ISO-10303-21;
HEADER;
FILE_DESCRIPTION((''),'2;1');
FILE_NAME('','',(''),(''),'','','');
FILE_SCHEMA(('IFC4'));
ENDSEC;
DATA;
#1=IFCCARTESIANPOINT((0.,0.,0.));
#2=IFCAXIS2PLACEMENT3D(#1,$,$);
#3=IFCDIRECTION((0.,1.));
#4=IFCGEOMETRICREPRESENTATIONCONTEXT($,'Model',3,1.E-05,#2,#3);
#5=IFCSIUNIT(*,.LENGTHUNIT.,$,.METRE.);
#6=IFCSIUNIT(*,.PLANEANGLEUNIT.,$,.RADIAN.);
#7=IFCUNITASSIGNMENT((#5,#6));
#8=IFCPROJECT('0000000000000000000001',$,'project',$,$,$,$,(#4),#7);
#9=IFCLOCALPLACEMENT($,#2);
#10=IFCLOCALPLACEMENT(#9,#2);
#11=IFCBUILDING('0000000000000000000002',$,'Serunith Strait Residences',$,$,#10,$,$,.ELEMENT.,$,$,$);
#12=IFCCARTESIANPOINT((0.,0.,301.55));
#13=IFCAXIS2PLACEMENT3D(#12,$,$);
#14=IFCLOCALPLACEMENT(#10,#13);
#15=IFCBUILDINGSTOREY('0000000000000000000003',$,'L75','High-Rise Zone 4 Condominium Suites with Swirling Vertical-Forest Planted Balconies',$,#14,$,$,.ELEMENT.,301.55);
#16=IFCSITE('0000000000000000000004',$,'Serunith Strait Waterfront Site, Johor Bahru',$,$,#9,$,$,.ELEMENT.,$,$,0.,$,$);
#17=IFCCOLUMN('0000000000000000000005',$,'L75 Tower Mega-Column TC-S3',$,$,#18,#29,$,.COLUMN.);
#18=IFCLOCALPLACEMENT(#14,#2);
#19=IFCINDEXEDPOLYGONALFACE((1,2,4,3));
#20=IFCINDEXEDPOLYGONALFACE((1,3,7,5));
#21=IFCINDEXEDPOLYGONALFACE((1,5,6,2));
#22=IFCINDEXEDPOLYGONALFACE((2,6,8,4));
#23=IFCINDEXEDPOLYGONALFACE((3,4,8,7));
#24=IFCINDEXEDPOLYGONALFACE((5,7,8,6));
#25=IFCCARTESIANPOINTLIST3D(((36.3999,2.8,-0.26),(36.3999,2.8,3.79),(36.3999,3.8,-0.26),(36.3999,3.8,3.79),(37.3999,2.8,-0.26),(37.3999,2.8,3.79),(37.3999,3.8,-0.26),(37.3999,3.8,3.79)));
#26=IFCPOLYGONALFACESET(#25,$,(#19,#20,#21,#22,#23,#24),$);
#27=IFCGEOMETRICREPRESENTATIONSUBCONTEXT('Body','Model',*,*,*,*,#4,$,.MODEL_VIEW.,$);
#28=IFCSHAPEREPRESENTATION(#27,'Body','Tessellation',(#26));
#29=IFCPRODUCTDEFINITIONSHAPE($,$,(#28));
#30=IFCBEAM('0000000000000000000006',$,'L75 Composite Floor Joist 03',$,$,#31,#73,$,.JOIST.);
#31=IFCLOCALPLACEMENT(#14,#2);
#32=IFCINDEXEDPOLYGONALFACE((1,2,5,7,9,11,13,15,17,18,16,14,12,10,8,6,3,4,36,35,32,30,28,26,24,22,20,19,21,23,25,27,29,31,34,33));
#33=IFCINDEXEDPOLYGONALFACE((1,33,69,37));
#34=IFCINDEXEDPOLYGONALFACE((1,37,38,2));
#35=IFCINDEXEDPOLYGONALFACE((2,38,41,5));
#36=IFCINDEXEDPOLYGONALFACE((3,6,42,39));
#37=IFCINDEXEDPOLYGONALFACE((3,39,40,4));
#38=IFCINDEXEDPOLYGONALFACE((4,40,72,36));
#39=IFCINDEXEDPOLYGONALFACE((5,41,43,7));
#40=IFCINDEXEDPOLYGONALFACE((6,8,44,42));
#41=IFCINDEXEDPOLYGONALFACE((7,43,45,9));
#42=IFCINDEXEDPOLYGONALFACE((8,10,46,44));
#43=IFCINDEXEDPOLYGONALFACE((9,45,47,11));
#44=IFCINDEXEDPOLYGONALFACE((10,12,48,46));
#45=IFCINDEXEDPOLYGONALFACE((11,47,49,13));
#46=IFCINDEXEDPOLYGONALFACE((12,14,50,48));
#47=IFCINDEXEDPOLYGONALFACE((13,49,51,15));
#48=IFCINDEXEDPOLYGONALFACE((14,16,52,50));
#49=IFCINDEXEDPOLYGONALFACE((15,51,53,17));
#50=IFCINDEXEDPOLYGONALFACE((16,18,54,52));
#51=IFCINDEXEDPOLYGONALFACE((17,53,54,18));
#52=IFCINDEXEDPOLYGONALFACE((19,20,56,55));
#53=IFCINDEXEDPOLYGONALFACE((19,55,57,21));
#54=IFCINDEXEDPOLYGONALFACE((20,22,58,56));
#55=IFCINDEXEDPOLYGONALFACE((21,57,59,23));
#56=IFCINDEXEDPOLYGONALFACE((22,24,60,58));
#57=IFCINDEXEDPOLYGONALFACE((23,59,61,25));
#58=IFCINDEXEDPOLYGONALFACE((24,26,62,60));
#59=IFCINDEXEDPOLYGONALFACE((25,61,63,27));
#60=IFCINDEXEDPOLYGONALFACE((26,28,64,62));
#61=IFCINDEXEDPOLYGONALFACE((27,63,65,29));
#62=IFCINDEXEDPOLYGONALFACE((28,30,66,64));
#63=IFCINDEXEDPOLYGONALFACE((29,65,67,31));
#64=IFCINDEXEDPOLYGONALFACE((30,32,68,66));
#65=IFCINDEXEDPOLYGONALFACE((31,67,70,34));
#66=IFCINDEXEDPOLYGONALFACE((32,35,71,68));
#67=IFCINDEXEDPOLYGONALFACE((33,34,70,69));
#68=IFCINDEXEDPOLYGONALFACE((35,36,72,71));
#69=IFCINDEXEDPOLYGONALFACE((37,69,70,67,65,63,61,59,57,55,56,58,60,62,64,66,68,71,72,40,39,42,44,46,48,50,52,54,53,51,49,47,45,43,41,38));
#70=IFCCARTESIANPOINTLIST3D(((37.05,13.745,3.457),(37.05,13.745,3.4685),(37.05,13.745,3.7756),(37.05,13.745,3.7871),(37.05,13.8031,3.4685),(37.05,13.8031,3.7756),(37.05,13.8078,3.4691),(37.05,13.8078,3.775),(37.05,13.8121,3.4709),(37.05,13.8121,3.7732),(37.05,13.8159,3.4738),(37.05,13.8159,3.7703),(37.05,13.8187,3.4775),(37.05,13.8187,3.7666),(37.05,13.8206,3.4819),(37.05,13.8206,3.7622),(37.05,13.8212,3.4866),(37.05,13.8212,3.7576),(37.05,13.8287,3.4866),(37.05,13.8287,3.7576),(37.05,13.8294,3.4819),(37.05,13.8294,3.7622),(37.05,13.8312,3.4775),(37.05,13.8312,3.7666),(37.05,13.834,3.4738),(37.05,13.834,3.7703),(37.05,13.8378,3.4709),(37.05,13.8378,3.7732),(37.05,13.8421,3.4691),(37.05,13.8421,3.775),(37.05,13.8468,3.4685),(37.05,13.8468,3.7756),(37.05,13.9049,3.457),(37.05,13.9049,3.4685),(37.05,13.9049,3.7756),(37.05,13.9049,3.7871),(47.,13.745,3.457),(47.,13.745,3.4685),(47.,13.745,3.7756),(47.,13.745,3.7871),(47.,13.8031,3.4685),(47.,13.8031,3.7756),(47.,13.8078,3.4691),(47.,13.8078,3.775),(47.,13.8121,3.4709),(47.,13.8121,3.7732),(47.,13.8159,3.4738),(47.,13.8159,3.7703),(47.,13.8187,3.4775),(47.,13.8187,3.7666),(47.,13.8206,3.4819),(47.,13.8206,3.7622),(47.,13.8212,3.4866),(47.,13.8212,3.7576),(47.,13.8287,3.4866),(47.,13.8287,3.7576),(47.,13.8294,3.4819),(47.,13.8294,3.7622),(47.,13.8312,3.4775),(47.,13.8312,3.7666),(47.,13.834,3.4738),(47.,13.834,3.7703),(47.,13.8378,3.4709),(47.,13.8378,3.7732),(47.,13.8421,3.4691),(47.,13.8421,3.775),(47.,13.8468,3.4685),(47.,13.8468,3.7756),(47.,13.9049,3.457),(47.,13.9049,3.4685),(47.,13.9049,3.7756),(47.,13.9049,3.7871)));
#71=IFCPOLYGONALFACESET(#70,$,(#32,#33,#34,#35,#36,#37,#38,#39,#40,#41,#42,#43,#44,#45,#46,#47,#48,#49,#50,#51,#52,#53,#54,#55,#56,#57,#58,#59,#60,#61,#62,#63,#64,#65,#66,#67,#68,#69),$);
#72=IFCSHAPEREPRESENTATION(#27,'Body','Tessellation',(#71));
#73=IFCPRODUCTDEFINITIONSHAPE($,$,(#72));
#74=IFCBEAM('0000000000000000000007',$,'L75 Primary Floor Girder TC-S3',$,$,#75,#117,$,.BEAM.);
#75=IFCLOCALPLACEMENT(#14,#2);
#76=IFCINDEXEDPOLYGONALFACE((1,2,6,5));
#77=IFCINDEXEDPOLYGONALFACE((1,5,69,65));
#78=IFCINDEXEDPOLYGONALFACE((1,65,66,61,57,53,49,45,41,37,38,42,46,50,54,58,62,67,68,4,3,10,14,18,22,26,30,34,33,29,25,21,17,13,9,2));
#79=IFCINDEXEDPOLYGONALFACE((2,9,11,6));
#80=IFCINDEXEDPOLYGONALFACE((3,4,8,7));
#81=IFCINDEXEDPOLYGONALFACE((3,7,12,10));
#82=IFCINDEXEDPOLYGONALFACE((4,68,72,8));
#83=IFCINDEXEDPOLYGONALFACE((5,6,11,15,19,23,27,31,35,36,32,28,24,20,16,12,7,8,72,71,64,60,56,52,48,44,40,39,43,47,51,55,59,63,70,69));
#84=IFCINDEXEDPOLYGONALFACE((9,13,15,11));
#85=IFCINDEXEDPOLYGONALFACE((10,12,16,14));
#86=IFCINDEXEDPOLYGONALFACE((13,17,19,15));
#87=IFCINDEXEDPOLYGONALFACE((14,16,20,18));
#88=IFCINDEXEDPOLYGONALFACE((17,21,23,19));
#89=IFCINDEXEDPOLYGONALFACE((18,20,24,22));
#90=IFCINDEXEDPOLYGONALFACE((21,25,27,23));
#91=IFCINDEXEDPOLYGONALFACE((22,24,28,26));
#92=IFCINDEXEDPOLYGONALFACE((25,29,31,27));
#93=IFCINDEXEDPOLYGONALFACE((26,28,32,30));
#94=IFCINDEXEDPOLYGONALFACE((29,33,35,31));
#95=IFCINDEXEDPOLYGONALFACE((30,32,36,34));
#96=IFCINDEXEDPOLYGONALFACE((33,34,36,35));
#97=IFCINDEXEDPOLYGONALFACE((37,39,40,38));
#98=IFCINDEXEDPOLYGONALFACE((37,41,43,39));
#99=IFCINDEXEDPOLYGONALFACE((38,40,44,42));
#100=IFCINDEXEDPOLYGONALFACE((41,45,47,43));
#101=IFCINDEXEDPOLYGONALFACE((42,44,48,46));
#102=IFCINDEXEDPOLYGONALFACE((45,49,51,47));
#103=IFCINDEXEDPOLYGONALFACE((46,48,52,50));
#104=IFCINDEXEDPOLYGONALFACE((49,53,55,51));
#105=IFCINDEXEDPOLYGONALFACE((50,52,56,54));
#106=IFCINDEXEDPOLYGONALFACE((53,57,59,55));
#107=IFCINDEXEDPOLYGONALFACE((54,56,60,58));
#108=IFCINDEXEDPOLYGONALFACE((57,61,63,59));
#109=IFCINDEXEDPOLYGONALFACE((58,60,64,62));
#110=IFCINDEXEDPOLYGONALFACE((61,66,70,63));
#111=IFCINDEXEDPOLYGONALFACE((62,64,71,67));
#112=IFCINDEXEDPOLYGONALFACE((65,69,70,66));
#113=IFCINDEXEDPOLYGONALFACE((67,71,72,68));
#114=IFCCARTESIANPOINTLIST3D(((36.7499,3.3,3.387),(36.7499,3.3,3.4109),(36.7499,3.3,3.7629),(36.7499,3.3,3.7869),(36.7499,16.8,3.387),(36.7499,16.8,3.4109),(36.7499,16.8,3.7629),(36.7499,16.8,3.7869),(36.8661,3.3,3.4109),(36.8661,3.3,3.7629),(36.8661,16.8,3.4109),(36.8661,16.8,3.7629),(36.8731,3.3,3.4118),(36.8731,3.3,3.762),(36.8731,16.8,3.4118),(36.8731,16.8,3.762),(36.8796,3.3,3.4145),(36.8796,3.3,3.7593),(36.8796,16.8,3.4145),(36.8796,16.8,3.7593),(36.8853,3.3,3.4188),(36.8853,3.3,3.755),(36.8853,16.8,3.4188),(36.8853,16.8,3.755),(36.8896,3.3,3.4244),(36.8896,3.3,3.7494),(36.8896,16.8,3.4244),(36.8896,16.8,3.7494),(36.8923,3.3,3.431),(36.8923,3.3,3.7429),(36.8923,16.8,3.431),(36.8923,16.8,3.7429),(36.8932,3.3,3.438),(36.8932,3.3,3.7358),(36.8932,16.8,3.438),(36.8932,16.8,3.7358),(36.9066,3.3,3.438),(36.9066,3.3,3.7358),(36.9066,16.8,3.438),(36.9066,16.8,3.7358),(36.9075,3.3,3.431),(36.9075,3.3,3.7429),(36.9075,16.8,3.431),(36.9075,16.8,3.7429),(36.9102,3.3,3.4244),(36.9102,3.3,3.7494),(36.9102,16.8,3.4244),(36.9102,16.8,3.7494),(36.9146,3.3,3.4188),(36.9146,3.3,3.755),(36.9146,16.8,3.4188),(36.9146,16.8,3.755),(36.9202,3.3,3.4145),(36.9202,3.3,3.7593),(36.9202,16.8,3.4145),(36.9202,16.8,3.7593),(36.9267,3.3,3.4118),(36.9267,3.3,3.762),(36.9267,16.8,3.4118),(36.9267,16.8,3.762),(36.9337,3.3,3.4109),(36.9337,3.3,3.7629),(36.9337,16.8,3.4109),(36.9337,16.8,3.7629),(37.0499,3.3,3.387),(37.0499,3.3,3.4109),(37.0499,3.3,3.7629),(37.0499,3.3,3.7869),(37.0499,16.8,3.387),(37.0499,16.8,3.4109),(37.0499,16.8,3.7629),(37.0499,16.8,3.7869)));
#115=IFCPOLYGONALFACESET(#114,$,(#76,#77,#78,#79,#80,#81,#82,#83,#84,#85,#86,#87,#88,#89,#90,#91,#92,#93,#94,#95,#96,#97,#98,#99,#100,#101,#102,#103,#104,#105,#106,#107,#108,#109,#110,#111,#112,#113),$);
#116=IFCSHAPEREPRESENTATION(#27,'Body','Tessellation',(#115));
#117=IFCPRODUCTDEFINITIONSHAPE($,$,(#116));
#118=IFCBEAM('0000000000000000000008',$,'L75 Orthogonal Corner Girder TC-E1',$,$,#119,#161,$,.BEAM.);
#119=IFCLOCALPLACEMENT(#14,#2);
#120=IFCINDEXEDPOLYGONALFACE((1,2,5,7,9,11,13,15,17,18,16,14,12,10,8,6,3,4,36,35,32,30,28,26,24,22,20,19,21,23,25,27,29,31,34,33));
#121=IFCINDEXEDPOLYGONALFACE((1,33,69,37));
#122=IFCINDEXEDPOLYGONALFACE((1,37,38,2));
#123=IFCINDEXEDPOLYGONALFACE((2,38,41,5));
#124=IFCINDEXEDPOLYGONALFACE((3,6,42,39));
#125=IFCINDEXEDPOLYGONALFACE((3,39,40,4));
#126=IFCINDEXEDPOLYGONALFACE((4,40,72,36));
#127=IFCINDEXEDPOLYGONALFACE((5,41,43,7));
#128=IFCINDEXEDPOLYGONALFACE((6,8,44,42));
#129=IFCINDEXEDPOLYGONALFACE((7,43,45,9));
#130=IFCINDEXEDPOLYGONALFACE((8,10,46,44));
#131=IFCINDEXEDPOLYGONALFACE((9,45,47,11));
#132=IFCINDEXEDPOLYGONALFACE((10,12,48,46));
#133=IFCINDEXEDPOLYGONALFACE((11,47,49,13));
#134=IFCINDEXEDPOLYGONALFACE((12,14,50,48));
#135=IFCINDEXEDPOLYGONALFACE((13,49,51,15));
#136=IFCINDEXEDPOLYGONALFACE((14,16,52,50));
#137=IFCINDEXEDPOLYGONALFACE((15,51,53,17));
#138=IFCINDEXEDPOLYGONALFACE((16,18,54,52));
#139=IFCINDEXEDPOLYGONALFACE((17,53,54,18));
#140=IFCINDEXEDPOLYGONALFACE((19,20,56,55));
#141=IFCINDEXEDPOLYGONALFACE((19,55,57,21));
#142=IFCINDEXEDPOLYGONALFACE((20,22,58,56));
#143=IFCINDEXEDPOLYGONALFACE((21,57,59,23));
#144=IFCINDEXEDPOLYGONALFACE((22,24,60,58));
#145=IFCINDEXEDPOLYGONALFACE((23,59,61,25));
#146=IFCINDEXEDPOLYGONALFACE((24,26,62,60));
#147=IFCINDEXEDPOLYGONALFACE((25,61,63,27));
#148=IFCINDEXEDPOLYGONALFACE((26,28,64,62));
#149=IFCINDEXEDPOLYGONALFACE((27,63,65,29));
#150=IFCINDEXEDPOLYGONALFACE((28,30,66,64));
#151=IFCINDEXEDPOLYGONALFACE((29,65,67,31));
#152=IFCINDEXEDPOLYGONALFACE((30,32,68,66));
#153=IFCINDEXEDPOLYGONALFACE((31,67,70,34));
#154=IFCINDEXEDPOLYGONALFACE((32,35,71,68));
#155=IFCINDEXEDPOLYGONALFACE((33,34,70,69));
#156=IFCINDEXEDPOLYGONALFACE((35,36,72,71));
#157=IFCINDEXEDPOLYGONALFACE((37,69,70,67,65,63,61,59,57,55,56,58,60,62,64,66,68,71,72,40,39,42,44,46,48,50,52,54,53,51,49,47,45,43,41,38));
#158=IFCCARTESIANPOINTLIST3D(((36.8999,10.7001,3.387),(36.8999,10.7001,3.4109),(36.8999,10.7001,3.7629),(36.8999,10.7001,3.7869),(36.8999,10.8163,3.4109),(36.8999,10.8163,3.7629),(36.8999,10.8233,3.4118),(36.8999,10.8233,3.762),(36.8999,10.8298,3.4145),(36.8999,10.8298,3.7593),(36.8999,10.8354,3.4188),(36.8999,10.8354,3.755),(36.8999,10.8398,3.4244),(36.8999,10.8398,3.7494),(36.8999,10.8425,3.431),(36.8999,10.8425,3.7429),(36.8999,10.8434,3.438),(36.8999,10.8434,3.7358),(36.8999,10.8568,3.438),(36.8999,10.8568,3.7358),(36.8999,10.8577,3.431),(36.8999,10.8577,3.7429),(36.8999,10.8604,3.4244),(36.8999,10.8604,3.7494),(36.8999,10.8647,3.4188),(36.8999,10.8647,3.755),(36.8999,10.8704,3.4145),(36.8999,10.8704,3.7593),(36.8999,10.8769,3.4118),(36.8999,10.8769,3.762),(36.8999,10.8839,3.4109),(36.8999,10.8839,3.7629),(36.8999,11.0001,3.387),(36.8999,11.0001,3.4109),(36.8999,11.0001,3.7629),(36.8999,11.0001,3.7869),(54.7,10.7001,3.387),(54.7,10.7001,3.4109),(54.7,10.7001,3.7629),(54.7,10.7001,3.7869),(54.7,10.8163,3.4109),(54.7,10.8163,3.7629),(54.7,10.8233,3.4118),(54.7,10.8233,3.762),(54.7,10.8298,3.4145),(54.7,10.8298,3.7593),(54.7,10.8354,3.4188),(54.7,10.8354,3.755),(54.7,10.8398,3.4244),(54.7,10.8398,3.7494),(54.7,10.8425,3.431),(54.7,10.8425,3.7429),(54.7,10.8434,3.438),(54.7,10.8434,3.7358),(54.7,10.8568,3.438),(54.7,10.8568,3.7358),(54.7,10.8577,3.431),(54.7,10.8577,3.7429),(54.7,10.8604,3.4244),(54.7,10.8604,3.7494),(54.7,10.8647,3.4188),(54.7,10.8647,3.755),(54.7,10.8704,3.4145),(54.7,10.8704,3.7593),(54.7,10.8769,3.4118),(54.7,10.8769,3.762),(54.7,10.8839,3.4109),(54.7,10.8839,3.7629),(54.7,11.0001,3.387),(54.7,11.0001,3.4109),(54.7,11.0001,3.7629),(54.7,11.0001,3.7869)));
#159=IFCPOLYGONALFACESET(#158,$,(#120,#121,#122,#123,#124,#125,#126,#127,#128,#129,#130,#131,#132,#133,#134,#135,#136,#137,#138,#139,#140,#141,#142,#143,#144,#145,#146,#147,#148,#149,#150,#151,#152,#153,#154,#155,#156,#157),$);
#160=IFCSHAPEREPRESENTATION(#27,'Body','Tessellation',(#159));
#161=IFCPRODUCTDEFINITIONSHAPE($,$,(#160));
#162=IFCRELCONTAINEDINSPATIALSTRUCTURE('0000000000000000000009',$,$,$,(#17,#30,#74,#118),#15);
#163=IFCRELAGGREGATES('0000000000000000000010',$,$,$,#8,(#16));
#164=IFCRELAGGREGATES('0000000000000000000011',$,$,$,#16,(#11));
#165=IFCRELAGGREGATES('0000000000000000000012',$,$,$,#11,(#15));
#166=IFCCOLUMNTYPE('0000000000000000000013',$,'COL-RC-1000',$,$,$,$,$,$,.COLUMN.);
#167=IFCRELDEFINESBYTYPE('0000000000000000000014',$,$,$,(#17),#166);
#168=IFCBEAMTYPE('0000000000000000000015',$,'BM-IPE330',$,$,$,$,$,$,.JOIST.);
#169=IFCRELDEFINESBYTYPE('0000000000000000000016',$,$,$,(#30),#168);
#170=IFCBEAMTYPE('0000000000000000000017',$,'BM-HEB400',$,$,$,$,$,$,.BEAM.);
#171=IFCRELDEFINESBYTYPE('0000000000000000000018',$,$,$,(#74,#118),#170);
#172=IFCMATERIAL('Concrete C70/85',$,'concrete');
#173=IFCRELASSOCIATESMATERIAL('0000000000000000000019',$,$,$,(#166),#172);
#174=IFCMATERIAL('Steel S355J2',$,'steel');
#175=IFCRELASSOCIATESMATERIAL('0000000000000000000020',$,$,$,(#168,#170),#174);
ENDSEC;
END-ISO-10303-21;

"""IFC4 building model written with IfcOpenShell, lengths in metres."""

from ifc_helpers import new_model, si_unit, direction, frame, origin, origin_2d, place, context, subcontext, project, spatial, rectangle, i_section, extrude, source, transform, mapped, material, material_profile, profile_set, type_object, element, save


model = new_model("IFC4")

# Units and contexts
model_context = context("Model", 3, precision=1e-05, world=origin(), true_north=direction((0.0, 1.0)))
body_context = subcontext(model_context, "Body", "Model", "MODEL_VIEW")
ifc_project = project(units=[si_unit("LENGTHUNIT", "METRE"), si_unit("PLANEANGLEUNIT", "RADIAN")], contexts=[model_context])

# Site, building, storey
site_placement = place(None, origin())
site = spatial("IfcSite", under=ifc_project, at=site_placement, Name="Serunith Strait Waterfront Site, Johor Bahru", CompositionType="ELEMENT", RefElevation=0.0)
building_placement = place(site_placement, origin())
building = spatial("IfcBuilding", under=site, at=building_placement, Name="Serunith Strait Residences", CompositionType="ELEMENT")
storey_placement = place(building_placement, frame((0.0, 0.0, 301.55)))
storey = spatial("IfcBuildingStorey", under=building, at=storey_placement, Name="L75", Description="High-Rise Zone 4 Condominium Suites with Swirling Vertical-Forest Planted Balconies", CompositionType="ELEMENT", Elevation=301.55)

# Column
ifc_material_1 = material(Name="Concrete C70/85", Category="concrete")
ifc_material_profile_1 = material_profile(ifc_material_1, rectangle(XDim=1.0, YDim=1.0, at=origin_2d()), Name="RC 1000x1000")
ifc_profile_set_1 = profile_set([ifc_material_profile_1], Name="Concrete C70/85")
column_type = type_object("IfcColumnType", Name="COL-RC-1000", PredefinedType="COLUMN", material=ifc_profile_set_1)
shared_shape_1 = source(origin(), body_context, "Body", "SweptSolid", [
    extrude(rectangle(XDim=1.0, YDim=1.0, at=origin_2d()), origin(), (0.0, 0.0, 1.0), 4.05),
])
column_placement = place(storey_placement, frame((36.8999, 3.3, -0.26), z_axis=(0.0, 0.0, 1.0), x_axis=(1.0, 0.0, 0.0)))
element("IfcColumn", 1, at=column_placement, inside=storey, type_object=column_type, Name="L75 Tower Mega-Column TC-S3", PredefinedType="COLUMN", context=body_context, shape_type="MappedRepresentation", body=[
    mapped(shared_shape_1, transform((0.0, 0.0, 0.0), scale=1.0)),
])

# Beams
ifc_material_2 = material(Name="Steel S355J2", Category="steel")
ifc_material_profile_2 = material_profile(ifc_material_2, i_section(OverallWidth=0.1599, OverallDepth=0.3301, WebThickness=0.0076, FlangeThickness=0.0115, FilletRadius=0.0181, at=origin_2d()), Name="IPE 330")
ifc_profile_set_2 = profile_set([ifc_material_profile_2], Name="Steel S355J2")
beam_type_1 = type_object("IfcBeamType", Name="BM-IPE330", PredefinedType="JOIST", material=ifc_profile_set_2)
shared_shape_2 = source(origin(), body_context, "Body", "SweptSolid", [
    extrude(i_section(OverallWidth=0.1599, OverallDepth=0.3301, WebThickness=0.0076, FlangeThickness=0.0115, FilletRadius=0.0181, at=origin_2d()), origin(), (0.0, 0.0, 1.0), 9.95),
])
beam_1_placement = place(storey_placement, frame((37.05, 13.825, 3.6221), z_axis=(1.0, 0.0, 0.0), x_axis=(0.0, 1.0, 0.0)))
element("IfcBeam", 2, at=beam_1_placement, inside=storey, type_object=beam_type_1, Name="L75 Composite Floor Joist 03", PredefinedType="JOIST", context=body_context, shape_type="MappedRepresentation", body=[
    mapped(shared_shape_2, transform((0.0, 0.0, 0.0), scale=1.0)),
])
ifc_material_profile_3 = material_profile(ifc_material_2, i_section(OverallWidth=0.3, OverallDepth=0.3999, WebThickness=0.0134, FlangeThickness=0.0239, FilletRadius=0.0271, at=origin_2d()), Name="HEB 400")
ifc_profile_set_3 = profile_set([ifc_material_profile_3], Name="Steel S355J2")
beam_type_2 = type_object("IfcBeamType", Name="BM-HEB400", PredefinedType="BEAM", material=ifc_profile_set_3)
shared_shape_3 = source(origin(), body_context, "Body", "SweptSolid", [
    extrude(i_section(OverallWidth=0.3, OverallDepth=0.3999, WebThickness=0.0134, FlangeThickness=0.0239, FilletRadius=0.0271, at=origin_2d()), origin(), (0.0, 0.0, 1.0), 13.5),
])
beam_2_placement = place(storey_placement, frame((36.8999, 16.8, 3.5869), z_axis=(0.0, -1.0, 0.0), x_axis=(1.0, 0.0, 0.0)))
element("IfcBeam", 3, at=beam_2_placement, inside=storey, type_object=beam_type_2, Name="L75 Primary Floor Girder TC-S3", PredefinedType="BEAM", context=body_context, shape_type="MappedRepresentation", body=[
    mapped(shared_shape_3, transform((0.0, 0.0, 0.0), scale=1.0)),
])
shared_shape_4 = source(origin(), body_context, "Body", "SweptSolid", [
    extrude(i_section(OverallWidth=0.3, OverallDepth=0.3999, WebThickness=0.0134, FlangeThickness=0.0239, FilletRadius=0.0271, at=origin_2d()), origin(), (0.0, 0.0, 1.0), 17.8),
])
beam_3_placement = place(storey_placement, frame((36.8999, 10.8501, 3.5869), z_axis=(1.0, 0.0, 0.0), x_axis=(0.0, 1.0, 0.0)))
element("IfcBeam", 4, at=beam_3_placement, inside=storey, type_object=beam_type_2, Name="L75 Orthogonal Corner Girder TC-E1", PredefinedType="BEAM", context=body_context, shape_type="MappedRepresentation", body=[
    mapped(shared_shape_4, transform((0.0, 0.0, 0.0), scale=1.0)),
])

save(model, "model.ifc")
